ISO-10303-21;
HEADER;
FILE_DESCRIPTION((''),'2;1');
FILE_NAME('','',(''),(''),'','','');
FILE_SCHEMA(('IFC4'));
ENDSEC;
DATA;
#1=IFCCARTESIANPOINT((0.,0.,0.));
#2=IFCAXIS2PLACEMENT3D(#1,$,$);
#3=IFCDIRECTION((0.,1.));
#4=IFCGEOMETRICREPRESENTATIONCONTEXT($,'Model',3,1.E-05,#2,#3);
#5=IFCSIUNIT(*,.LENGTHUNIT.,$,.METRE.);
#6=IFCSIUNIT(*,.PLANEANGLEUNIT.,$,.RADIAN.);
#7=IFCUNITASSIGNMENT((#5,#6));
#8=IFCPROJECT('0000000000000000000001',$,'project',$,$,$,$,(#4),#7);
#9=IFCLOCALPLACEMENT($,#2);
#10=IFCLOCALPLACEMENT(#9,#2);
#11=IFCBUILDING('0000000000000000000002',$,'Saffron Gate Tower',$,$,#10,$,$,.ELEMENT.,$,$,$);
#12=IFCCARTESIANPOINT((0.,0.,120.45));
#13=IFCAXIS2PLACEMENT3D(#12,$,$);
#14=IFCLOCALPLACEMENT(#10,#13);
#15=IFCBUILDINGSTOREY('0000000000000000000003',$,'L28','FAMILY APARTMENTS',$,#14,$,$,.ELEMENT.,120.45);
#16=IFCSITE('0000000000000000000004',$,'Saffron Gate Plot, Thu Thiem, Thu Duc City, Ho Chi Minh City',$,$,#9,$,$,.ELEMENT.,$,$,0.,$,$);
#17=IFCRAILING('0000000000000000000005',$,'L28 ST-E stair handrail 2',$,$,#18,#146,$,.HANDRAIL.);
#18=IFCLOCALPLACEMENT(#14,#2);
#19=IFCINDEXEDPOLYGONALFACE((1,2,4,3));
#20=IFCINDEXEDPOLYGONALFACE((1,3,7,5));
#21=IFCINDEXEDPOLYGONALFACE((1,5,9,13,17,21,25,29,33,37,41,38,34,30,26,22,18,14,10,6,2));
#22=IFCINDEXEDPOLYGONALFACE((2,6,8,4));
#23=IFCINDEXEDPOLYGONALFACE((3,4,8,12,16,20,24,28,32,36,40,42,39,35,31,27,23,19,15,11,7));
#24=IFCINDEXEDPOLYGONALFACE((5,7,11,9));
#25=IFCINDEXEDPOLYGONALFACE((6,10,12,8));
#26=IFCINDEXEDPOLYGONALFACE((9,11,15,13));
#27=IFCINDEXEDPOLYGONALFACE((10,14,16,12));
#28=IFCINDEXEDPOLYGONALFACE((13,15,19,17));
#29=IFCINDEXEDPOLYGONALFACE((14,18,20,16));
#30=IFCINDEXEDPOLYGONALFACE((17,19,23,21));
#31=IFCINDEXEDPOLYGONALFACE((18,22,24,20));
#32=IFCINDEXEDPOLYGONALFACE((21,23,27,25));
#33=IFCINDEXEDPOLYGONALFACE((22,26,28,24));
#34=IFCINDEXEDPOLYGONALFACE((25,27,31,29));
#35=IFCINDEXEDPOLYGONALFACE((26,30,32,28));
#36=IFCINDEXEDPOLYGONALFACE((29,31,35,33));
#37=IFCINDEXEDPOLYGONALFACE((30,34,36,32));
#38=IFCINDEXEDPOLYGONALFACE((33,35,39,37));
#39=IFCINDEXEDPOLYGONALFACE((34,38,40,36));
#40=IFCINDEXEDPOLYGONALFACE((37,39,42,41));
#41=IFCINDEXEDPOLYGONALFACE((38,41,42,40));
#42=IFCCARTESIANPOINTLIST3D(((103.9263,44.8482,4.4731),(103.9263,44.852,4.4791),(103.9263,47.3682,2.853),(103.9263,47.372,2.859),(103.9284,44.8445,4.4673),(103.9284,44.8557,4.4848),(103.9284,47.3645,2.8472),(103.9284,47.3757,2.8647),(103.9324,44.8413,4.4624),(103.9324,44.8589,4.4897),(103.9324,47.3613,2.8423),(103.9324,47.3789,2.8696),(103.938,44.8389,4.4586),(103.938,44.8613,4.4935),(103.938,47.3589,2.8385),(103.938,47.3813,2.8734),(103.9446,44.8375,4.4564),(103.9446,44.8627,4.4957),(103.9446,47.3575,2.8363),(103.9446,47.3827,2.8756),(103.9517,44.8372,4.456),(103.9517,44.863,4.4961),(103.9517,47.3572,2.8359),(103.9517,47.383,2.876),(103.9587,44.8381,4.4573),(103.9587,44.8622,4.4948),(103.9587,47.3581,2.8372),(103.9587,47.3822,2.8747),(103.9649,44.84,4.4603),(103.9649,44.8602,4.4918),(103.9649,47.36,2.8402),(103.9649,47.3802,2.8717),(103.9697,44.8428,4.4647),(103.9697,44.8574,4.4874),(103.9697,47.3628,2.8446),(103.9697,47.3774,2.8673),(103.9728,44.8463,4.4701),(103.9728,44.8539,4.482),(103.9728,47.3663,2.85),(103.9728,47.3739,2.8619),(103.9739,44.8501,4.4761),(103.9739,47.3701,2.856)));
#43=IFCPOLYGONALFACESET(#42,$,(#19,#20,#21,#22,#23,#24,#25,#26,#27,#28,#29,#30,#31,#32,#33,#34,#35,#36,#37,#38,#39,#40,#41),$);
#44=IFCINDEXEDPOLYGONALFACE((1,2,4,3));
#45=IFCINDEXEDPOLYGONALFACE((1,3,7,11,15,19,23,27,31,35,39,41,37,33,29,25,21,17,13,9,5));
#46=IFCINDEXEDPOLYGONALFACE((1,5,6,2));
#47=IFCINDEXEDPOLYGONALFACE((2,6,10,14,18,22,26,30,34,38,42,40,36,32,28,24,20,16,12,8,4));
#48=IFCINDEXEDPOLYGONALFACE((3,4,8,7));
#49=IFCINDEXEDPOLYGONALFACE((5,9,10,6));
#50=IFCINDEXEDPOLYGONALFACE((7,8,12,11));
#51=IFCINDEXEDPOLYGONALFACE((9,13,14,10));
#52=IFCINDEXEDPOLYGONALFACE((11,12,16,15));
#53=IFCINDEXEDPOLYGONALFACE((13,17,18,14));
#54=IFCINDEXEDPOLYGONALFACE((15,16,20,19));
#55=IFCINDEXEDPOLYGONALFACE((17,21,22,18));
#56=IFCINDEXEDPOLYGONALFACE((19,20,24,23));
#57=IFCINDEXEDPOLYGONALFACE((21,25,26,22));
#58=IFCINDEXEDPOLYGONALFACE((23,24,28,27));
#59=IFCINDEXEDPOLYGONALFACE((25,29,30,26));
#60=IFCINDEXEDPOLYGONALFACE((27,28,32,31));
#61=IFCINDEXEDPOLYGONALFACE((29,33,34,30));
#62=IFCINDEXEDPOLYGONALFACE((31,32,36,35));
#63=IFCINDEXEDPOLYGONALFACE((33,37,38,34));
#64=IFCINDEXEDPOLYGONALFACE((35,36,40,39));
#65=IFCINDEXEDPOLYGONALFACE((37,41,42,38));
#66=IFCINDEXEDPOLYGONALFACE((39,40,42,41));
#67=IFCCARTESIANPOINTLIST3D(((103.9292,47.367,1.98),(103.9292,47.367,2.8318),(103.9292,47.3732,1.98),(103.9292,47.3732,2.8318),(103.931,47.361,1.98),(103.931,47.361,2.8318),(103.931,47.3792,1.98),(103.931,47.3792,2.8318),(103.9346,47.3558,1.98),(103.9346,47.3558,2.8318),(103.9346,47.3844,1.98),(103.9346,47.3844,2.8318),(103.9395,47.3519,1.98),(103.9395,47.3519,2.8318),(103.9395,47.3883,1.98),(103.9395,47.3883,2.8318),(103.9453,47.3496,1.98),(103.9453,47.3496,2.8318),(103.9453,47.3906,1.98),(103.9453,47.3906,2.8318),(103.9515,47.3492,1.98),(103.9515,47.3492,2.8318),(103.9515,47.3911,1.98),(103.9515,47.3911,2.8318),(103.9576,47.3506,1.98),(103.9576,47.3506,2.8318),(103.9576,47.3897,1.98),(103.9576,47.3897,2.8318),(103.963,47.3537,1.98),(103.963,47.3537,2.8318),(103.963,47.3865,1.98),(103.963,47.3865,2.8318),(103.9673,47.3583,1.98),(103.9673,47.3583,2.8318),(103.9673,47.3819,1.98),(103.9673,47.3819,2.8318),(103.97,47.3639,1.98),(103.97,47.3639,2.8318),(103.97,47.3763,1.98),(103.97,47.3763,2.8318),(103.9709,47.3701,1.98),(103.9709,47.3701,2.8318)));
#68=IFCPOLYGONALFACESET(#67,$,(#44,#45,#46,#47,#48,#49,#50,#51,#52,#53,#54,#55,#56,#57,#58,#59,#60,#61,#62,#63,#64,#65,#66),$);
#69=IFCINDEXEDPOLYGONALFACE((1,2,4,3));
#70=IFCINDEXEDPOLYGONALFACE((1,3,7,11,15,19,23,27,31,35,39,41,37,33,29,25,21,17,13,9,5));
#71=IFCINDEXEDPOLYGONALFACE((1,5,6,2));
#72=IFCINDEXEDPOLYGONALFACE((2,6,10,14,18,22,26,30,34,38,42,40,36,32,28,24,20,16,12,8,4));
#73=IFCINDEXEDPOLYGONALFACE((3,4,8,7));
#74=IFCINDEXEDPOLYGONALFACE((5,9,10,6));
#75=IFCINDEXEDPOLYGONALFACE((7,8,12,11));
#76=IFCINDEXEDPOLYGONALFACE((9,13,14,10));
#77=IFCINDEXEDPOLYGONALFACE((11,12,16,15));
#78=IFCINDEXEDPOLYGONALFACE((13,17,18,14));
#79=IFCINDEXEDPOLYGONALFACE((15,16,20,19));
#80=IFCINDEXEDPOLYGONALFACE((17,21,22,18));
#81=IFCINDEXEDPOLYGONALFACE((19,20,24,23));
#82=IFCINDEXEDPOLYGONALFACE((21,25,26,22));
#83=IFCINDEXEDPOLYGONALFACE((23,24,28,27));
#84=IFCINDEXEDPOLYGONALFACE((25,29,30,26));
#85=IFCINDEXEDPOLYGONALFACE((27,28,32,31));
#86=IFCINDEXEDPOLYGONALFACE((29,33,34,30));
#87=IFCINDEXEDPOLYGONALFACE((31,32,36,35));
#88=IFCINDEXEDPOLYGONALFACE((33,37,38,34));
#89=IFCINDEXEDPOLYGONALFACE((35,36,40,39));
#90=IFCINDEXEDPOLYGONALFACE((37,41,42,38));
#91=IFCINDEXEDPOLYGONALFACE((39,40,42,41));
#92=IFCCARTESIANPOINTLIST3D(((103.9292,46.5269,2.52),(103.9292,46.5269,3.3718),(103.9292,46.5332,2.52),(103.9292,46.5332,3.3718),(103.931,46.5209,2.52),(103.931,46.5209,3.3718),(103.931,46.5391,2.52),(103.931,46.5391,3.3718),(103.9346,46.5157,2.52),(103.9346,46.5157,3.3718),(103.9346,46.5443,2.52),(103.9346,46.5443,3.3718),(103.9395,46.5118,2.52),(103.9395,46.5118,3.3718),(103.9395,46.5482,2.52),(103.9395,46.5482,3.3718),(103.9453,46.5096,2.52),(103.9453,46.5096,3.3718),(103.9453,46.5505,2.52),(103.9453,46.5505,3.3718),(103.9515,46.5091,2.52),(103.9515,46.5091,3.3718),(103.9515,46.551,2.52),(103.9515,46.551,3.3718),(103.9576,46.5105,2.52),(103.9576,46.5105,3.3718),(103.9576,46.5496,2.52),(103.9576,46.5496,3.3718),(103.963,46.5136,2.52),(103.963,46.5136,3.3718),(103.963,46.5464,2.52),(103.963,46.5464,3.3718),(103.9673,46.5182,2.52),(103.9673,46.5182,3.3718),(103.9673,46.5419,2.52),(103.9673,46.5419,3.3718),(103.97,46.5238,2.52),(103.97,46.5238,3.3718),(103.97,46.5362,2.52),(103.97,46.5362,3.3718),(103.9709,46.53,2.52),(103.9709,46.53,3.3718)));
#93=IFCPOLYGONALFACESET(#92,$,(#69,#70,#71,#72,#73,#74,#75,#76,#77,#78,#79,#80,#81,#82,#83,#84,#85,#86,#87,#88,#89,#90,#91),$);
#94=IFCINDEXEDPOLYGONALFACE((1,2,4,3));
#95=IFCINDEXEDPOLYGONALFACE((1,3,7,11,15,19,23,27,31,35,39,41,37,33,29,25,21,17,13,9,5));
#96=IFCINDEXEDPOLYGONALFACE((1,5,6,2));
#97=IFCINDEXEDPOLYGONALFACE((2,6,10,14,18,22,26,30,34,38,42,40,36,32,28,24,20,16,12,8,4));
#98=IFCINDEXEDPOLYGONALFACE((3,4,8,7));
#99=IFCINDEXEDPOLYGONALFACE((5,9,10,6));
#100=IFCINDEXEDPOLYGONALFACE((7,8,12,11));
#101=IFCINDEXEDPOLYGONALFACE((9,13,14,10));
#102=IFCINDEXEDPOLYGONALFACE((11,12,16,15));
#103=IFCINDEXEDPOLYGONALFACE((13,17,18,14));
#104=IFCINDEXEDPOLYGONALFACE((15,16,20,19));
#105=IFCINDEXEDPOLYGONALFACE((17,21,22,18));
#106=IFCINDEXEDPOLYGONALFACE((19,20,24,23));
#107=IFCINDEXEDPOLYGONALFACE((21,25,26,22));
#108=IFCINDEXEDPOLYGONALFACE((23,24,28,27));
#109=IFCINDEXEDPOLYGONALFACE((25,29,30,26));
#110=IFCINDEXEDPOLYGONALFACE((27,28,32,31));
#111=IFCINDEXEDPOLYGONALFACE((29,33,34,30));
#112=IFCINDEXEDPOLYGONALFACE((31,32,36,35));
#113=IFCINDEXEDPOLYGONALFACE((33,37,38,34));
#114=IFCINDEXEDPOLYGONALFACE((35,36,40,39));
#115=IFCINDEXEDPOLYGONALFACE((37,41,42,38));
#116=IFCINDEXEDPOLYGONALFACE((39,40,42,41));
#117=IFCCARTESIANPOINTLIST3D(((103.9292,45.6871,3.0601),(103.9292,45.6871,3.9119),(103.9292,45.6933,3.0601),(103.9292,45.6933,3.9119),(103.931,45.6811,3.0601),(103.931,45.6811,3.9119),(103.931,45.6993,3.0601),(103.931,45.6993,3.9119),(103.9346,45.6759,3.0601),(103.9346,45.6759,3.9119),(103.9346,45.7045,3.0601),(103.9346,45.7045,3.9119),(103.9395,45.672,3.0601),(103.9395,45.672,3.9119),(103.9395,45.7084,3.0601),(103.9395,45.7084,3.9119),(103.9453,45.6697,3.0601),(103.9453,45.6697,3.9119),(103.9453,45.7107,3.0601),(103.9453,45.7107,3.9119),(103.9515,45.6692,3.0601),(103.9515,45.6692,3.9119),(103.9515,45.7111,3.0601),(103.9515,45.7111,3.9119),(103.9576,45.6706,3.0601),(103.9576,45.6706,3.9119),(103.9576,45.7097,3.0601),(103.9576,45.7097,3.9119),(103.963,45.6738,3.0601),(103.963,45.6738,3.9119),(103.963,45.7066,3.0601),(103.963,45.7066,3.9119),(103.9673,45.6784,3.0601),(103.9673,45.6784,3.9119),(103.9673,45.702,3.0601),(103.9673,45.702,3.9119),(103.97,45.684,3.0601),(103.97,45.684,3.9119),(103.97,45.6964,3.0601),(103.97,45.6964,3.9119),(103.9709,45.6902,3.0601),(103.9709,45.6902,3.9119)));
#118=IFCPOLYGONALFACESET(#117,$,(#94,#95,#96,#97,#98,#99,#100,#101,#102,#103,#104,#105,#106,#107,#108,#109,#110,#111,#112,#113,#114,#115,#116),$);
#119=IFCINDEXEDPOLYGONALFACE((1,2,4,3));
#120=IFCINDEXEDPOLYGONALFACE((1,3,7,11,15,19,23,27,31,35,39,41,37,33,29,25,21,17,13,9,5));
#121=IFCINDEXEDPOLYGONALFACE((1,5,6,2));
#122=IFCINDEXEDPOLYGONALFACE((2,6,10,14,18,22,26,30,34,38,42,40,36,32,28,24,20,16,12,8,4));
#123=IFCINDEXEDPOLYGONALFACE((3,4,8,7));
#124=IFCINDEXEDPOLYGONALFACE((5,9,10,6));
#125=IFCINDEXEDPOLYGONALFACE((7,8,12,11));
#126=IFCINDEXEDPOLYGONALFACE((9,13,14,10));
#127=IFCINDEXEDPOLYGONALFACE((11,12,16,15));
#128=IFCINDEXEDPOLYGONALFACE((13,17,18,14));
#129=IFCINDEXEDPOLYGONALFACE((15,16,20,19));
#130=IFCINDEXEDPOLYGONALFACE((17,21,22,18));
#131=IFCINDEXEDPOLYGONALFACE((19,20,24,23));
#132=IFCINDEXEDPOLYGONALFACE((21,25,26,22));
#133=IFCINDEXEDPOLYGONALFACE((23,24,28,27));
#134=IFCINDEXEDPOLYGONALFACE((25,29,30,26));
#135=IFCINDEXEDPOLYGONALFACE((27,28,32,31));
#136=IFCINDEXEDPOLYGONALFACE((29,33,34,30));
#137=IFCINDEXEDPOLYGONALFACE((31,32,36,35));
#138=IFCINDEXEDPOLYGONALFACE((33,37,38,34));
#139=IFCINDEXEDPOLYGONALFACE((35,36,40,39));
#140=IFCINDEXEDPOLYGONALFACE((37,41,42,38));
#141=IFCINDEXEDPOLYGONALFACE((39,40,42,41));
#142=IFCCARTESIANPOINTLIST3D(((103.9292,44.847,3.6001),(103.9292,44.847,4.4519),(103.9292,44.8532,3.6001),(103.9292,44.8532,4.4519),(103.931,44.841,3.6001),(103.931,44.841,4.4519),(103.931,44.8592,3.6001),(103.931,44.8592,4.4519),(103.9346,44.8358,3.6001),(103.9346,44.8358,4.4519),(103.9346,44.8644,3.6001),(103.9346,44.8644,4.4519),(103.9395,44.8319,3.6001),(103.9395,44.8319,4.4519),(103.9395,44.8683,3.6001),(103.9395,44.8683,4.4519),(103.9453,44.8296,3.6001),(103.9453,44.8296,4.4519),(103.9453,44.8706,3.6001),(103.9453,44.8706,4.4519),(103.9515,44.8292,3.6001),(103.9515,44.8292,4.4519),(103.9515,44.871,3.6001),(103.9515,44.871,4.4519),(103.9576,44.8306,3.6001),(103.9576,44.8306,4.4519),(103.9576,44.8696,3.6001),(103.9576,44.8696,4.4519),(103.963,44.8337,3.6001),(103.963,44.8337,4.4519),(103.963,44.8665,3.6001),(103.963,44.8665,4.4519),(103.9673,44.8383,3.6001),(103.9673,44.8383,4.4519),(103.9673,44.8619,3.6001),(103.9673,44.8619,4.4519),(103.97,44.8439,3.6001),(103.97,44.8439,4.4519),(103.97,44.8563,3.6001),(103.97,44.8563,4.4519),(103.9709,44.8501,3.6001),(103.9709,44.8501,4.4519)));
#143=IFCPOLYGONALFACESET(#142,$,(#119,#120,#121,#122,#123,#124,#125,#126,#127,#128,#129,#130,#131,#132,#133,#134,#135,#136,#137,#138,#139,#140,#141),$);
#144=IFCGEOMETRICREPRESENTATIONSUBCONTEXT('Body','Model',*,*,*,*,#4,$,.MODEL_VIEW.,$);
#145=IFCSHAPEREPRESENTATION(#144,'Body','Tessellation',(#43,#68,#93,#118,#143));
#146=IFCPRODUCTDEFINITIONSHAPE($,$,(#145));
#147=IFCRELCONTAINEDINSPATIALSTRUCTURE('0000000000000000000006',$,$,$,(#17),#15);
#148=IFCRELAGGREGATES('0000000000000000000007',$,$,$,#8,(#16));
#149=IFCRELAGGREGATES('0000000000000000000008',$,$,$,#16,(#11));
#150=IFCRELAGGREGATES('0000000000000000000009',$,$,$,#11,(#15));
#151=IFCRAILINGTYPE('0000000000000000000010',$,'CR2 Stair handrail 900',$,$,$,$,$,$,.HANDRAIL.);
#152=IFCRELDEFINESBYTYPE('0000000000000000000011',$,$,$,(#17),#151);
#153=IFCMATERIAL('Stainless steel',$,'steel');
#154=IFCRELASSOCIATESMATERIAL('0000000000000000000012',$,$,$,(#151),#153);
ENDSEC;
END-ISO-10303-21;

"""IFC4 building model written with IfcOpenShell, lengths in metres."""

from ifc_helpers import new_model, si_unit, direction, frame, origin, origin_2d, place, context, subcontext, project, spatial, circle, extrude, material, type_object, element, save


model = new_model("IFC4")

# Units and contexts
model_context = context("Model", 3, precision=1e-05, world=origin(), true_north=direction((0.0, 1.0)))
body_context = subcontext(model_context, "Body", "Model", "MODEL_VIEW")
ifc_project = project(units=[si_unit("LENGTHUNIT", "METRE"), si_unit("PLANEANGLEUNIT", "RADIAN")], contexts=[model_context])

# Site, building, storey
site_placement = place(None, origin())
site = spatial("IfcSite", under=ifc_project, at=site_placement, Name="Saffron Gate Plot, Thu Thiem, Thu Duc City, Ho Chi Minh City", CompositionType="ELEMENT", RefElevation=0.0)
building_placement = place(site_placement, origin())
building = spatial("IfcBuilding", under=site, at=building_placement, Name="Saffron Gate Tower", CompositionType="ELEMENT")
storey_placement = place(building_placement, frame((0.0, 0.0, 120.45)))
storey = spatial("IfcBuildingStorey", under=building, at=storey_placement, Name="L28", Description="FAMILY APARTMENTS", CompositionType="ELEMENT", Elevation=120.45)

# Railing
ifc_material_1 = material(Name="Stainless steel", Category="steel")
railing_type_1 = type_object("IfcRailingType", Name="CR2 Stair handrail 900", PredefinedType="HANDRAIL", material=ifc_material_1)
railing_1_placement = place(storey_placement, frame((103.95, 47.3701, 1.98)))
element("IfcRailing", 1, at=railing_1_placement, inside=storey, type_object=railing_type_1, Name="L28 ST-E stair handrail 2", PredefinedType="HANDRAIL", context=body_context, shape_type="SweptSolid", body=[
    extrude(circle(Radius=0.0239, at=origin_2d()), frame((0.0, 0.0, 0.876), z_axis=(0.0, -0.841163, 0.540782), x_axis=(1.0, 0.0, 0.0)), (0.0, 0.0, 1.0), 2.9958),
    extrude(circle(Radius=0.021, at=origin_2d()), origin(), (0.0, 0.0, 1.0), 0.8518),
    extrude(circle(Radius=0.021, at=origin_2d()), frame((0.0, -0.8401, 0.54)), (0.0, 0.0, 1.0), 0.8518),
    extrude(circle(Radius=0.021, at=origin_2d()), frame((0.0, -1.6799, 1.0801)), (0.0, 0.0, 1.0), 0.8518),
    extrude(circle(Radius=0.021, at=origin_2d()), frame((0.0, -2.52, 1.6201)), (0.0, 0.0, 1.0), 0.8518),
])

save(model, "model.ifc")
